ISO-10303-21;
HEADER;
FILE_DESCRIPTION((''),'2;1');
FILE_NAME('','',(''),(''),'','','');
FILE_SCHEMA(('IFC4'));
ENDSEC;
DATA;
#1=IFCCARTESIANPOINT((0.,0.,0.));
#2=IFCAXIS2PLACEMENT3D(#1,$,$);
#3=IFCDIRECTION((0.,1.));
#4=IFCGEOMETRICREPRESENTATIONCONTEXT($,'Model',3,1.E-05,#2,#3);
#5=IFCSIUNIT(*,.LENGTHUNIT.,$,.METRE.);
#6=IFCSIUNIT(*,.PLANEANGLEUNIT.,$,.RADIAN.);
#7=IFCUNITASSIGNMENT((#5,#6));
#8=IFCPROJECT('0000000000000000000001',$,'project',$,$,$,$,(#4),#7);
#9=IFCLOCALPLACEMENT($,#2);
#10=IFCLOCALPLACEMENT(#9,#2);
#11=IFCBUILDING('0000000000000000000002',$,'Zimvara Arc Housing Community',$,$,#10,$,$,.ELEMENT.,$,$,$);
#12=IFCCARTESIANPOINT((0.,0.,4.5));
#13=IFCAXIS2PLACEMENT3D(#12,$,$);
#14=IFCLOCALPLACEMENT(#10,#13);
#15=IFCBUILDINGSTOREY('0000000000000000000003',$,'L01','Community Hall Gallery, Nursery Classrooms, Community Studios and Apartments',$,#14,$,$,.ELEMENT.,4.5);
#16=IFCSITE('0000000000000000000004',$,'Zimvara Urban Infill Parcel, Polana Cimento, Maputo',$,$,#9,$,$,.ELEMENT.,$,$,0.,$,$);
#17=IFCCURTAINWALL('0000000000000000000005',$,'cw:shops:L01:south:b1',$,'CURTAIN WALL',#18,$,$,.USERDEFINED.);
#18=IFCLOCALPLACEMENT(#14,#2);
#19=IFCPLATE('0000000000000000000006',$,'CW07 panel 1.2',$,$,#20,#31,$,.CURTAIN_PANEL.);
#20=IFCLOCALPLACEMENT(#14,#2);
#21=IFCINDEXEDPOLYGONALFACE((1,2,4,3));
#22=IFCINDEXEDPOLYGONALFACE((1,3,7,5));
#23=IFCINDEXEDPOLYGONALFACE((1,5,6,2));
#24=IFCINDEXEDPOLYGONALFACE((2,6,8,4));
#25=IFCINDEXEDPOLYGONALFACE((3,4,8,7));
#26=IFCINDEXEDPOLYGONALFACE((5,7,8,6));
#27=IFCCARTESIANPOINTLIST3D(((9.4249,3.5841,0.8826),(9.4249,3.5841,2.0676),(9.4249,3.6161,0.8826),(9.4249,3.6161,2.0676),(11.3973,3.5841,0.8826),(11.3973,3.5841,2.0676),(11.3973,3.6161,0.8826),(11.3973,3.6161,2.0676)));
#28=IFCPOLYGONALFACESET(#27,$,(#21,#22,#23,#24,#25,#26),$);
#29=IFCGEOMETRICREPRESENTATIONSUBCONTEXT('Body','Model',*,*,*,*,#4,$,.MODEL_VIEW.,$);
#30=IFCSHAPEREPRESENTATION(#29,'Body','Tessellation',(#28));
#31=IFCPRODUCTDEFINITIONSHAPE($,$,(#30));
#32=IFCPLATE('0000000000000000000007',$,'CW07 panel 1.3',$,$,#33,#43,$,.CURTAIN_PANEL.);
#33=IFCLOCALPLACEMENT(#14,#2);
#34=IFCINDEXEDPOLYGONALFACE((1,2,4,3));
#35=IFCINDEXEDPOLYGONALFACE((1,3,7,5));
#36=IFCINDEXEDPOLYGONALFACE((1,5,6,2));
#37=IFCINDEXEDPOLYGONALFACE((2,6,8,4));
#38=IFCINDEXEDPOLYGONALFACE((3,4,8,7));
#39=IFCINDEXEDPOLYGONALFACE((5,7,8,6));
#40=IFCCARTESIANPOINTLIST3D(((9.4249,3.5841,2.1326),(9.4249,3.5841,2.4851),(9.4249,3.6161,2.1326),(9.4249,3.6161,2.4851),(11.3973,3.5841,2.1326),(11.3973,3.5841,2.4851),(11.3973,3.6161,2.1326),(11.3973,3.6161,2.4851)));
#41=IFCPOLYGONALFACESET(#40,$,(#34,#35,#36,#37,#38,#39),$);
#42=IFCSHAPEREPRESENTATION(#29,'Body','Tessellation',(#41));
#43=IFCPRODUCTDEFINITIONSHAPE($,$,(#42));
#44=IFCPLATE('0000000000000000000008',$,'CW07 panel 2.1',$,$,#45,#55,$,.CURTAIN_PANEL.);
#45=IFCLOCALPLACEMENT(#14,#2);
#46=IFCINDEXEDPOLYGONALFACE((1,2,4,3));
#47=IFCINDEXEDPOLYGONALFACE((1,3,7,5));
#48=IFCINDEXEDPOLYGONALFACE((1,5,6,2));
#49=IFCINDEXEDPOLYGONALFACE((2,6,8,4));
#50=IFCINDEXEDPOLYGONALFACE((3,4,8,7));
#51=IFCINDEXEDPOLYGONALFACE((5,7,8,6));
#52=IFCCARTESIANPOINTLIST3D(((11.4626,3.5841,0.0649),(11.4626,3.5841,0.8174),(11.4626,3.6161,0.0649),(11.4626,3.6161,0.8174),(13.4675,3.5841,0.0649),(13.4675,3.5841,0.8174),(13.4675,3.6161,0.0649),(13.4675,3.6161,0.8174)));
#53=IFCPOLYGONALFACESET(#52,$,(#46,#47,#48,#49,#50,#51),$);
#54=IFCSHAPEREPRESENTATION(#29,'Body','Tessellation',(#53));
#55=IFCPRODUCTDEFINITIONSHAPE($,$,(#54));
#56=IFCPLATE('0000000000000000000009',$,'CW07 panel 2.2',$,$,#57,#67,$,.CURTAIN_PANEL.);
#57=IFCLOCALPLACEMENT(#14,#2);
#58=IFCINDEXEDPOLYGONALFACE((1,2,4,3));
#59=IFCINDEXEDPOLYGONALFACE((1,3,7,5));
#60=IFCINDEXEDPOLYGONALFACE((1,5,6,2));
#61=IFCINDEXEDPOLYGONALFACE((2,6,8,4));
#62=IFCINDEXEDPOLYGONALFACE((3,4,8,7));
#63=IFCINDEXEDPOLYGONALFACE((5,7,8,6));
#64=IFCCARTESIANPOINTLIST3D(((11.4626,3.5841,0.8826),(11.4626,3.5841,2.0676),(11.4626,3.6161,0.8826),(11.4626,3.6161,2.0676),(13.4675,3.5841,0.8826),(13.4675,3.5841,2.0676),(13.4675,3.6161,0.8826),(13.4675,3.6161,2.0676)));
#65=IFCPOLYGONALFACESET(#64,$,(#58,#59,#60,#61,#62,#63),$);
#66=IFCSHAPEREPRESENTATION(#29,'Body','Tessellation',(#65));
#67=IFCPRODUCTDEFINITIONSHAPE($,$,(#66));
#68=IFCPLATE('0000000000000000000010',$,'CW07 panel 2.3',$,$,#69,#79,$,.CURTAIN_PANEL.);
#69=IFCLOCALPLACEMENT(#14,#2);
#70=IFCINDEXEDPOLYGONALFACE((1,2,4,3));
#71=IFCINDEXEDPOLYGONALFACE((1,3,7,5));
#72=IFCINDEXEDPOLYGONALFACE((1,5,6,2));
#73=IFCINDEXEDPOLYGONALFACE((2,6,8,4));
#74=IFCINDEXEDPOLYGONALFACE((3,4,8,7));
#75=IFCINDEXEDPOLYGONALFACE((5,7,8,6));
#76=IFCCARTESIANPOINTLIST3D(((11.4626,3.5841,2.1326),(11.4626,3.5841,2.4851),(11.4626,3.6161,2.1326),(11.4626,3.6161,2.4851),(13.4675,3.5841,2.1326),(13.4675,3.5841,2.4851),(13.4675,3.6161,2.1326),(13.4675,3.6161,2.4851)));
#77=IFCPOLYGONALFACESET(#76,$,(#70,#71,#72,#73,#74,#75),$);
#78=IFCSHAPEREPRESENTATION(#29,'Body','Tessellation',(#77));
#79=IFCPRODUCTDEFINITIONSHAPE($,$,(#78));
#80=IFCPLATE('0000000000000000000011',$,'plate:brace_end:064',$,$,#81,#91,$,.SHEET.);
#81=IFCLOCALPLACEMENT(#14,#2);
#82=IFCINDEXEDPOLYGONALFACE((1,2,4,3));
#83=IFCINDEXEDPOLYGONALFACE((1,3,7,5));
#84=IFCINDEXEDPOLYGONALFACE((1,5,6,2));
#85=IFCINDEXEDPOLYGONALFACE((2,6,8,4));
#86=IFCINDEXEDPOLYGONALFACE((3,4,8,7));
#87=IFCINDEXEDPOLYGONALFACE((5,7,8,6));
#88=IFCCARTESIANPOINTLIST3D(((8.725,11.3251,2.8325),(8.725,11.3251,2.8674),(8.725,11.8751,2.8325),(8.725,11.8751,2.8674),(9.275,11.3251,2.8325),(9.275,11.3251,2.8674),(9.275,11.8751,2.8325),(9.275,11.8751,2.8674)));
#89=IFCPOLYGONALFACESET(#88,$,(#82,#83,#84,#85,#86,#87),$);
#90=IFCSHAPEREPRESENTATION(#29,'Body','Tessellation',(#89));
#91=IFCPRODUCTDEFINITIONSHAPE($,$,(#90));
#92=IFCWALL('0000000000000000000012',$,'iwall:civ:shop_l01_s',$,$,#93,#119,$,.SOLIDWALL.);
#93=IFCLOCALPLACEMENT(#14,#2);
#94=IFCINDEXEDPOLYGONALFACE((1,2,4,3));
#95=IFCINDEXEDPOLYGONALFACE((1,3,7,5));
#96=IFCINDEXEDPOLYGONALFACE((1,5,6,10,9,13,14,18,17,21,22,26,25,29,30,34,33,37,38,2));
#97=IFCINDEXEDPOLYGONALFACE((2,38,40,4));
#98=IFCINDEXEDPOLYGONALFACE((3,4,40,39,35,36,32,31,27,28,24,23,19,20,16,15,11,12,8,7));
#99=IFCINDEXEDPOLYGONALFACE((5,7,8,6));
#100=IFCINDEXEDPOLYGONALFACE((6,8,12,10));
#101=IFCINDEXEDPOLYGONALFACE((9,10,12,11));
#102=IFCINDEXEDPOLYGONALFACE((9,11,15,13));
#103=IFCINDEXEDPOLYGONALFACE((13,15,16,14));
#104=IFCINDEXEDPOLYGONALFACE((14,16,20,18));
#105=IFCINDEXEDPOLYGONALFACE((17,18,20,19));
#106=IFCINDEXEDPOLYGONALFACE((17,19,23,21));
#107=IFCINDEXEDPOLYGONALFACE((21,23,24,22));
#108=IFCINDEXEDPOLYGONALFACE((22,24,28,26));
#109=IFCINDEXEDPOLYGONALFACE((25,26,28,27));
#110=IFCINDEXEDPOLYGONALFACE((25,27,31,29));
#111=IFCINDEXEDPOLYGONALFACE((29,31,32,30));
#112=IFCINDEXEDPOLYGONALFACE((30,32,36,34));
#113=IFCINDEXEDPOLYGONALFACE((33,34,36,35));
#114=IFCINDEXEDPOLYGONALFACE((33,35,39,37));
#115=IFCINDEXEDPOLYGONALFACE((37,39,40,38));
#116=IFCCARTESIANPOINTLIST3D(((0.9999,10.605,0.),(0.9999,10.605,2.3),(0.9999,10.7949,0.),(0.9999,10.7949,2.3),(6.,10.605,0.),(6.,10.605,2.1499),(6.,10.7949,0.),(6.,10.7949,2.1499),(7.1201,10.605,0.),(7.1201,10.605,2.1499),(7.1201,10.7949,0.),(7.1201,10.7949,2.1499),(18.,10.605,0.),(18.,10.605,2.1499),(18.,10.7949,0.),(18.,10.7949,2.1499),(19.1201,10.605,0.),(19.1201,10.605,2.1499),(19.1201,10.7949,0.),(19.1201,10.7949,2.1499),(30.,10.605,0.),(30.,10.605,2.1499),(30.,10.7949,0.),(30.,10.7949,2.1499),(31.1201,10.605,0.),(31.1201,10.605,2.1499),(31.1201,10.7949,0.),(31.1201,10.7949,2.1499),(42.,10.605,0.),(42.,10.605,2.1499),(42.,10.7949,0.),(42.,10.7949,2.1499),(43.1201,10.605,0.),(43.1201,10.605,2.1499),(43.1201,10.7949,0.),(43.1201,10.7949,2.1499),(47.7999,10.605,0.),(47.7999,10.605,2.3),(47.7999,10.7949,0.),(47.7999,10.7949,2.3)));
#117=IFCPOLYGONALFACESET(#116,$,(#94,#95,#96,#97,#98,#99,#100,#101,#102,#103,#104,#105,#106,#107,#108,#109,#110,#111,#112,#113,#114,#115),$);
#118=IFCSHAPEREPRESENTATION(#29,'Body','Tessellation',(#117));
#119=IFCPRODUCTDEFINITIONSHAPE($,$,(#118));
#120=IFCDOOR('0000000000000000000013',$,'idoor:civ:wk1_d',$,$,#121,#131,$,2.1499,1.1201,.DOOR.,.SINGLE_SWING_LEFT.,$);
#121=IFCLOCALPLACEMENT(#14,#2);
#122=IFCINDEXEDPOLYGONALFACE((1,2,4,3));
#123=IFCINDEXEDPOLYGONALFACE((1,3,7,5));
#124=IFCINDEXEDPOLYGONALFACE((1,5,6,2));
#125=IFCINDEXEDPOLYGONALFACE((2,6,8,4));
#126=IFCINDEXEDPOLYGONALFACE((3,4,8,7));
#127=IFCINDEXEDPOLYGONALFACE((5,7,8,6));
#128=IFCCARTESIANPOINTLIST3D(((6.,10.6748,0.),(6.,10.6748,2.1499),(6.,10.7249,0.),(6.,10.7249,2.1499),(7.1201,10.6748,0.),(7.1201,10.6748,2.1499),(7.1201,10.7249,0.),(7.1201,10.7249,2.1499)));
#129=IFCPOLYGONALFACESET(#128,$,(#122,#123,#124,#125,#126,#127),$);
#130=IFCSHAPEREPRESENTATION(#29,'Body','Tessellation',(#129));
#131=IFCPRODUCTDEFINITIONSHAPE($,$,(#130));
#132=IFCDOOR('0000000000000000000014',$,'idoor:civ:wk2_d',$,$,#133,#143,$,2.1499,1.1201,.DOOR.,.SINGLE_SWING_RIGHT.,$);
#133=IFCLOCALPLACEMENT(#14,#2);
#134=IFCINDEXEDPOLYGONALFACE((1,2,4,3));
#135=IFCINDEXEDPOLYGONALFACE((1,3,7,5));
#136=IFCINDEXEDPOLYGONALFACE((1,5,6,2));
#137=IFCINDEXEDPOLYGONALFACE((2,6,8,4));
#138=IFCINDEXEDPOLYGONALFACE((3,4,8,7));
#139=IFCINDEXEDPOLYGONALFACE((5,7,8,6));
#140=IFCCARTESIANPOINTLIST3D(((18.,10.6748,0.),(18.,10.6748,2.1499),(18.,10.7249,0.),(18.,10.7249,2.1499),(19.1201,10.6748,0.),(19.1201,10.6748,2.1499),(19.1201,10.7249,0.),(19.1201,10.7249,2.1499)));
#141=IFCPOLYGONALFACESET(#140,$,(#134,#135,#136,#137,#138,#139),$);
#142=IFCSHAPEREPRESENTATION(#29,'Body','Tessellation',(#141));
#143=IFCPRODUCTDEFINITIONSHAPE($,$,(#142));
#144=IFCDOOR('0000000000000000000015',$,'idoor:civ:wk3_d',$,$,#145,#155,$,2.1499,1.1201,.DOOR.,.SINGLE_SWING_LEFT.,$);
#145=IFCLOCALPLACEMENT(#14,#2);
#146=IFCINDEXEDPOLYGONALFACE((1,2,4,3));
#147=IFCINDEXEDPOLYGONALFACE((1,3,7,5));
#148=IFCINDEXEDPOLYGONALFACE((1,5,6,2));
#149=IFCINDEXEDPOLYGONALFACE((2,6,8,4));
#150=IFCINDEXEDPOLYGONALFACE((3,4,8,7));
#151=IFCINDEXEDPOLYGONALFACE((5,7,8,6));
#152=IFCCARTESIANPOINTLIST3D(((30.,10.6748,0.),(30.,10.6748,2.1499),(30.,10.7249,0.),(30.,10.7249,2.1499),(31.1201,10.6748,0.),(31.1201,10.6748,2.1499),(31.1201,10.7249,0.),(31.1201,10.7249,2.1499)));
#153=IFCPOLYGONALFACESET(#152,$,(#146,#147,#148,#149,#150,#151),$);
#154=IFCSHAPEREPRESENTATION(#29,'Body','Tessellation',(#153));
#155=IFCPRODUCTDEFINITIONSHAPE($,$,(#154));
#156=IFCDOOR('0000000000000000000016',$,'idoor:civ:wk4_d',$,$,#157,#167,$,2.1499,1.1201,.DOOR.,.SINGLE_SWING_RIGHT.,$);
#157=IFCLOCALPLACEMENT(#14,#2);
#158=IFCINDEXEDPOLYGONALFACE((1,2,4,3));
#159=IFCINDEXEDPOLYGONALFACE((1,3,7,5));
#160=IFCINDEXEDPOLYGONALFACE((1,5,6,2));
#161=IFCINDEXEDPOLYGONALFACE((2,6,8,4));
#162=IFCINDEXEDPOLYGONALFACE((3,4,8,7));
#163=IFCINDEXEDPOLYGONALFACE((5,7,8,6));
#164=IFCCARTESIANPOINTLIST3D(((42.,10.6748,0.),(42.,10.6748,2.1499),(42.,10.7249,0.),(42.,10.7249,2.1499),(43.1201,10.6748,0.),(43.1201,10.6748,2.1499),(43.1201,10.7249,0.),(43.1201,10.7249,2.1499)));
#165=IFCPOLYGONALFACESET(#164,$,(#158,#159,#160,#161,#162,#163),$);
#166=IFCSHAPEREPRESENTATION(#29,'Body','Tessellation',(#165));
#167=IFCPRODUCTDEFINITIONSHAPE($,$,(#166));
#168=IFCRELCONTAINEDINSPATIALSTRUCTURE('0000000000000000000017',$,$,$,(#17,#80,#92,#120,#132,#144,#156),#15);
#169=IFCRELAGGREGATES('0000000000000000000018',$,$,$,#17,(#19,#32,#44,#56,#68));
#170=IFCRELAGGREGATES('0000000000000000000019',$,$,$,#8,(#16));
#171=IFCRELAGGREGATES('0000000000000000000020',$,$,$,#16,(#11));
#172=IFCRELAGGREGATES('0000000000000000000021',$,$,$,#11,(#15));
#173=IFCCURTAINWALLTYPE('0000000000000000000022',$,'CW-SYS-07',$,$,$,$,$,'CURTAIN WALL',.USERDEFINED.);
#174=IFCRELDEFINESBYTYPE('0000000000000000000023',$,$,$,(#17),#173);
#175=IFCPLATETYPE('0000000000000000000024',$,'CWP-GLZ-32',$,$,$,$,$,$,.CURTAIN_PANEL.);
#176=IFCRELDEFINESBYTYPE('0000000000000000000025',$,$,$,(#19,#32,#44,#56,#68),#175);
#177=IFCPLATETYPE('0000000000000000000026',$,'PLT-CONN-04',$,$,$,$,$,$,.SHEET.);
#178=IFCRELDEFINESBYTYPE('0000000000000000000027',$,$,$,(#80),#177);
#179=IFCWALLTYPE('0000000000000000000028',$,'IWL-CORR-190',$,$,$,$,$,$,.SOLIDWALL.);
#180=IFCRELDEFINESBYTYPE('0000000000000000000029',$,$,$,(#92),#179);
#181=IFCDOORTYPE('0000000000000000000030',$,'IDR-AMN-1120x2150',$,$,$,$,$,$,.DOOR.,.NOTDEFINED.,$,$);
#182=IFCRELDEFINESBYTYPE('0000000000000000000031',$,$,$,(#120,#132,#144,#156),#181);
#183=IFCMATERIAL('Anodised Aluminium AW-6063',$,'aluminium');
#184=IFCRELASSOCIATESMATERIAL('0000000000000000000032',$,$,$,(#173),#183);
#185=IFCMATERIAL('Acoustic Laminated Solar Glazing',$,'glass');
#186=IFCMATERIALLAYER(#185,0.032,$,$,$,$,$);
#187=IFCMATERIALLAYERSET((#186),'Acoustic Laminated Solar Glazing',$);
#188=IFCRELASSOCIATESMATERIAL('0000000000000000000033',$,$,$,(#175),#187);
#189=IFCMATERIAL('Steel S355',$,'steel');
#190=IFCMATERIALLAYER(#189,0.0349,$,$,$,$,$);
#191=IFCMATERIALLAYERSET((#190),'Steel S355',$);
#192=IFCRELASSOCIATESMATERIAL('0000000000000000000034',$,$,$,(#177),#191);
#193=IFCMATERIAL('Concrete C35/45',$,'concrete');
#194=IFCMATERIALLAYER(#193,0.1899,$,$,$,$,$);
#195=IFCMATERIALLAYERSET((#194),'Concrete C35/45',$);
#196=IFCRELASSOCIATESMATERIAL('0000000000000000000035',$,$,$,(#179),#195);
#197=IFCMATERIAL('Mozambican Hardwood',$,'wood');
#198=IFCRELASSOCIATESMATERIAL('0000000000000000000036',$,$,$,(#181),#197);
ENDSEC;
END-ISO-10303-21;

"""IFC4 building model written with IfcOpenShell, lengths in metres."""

from ifc_helpers import new_model, si_unit, direction, frame, frame_2d, origin, origin_2d, place, context, subcontext, project, spatial, rectangle, extrude, material, layer, layer_set, type_object, element, fill, aggregate, save


model = new_model("IFC4")

# Units and contexts
model_context = context("Model", 3, precision=1e-05, world=origin(), true_north=direction((0.0, 1.0)))
body_context = subcontext(model_context, "Body", "Model", "MODEL_VIEW")
ifc_project = project(units=[si_unit("LENGTHUNIT", "METRE"), si_unit("PLANEANGLEUNIT", "RADIAN")], contexts=[model_context])

# Site, building, storey
site_placement = place(None, origin())
site = spatial("IfcSite", under=ifc_project, at=site_placement, Name="Zimvara Urban Infill Parcel, Polana Cimento, Maputo", CompositionType="ELEMENT", RefElevation=0.0)
building_placement = place(site_placement, origin())
building = spatial("IfcBuilding", under=site, at=building_placement, Name="Zimvara Arc Housing Community", CompositionType="ELEMENT")
storey_placement = place(building_placement, frame((0.0, 0.0, 4.5)))
storey = spatial("IfcBuildingStorey", under=building, at=storey_placement, Name="L01", Description="Community Hall Gallery, Nursery Classrooms, Community Studios and Apartments", CompositionType="ELEMENT", Elevation=4.5)

# Curtain wall, plates
ifc_material_1 = material(Name="Anodised Aluminium AW-6063", Category="aluminium")
curtain_wall_type = type_object("IfcCurtainWallType", Name="CW-SYS-07", ElementType="CURTAIN WALL", PredefinedType="USERDEFINED", material=ifc_material_1)
curtain_wall_placement = place(storey_placement, origin())
curtain_wall = element("IfcCurtainWall", 1, at=curtain_wall_placement, inside=storey, type_object=curtain_wall_type, Name="cw:shops:L01:south:b1", ObjectType="CURTAIN WALL", PredefinedType="USERDEFINED")
ifc_material_2 = material(Name="Acoustic Laminated Solar Glazing", Category="glass")
ifc_layer_1 = layer(ifc_material_2, 0.032)
ifc_layer_set_1 = layer_set([ifc_layer_1], Name="Acoustic Laminated Solar Glazing")
plate_type_1 = type_object("IfcPlateType", Name="CWP-GLZ-32", PredefinedType="CURTAIN_PANEL", material=ifc_layer_set_1)
plate_1_placement = place(storey_placement, frame((10.4111, 3.6001, 0.8826), z_axis=(0.0, 0.0, 1.0), x_axis=(1.0, 0.0, 0.0)))
plate_1 = element("IfcPlate", 2, at=plate_1_placement, type_object=plate_type_1, Name="CW07 panel 1.2", PredefinedType="CURTAIN_PANEL", context=body_context, shape_type="SweptSolid", body=[
    extrude(rectangle(XDim=1.9724, YDim=0.032, at=origin_2d()), origin(), (0.0, 0.0, 1.0), 1.1851),
])
plate_2_placement = place(storey_placement, frame((10.4111, 3.6001, 2.1326), z_axis=(0.0, 0.0, 1.0), x_axis=(1.0, 0.0, 0.0)))
plate_2 = element("IfcPlate", 3, at=plate_2_placement, type_object=plate_type_1, Name="CW07 panel 1.3", PredefinedType="CURTAIN_PANEL", context=body_context, shape_type="SweptSolid", body=[
    extrude(rectangle(XDim=1.9724, YDim=0.032, at=origin_2d()), origin(), (0.0, 0.0, 1.0), 0.3525),
])
plate_3_placement = place(storey_placement, frame((12.4651, 3.6001, 0.0649), z_axis=(0.0, 0.0, 1.0), x_axis=(1.0, 0.0, 0.0)))
plate_3 = element("IfcPlate", 4, at=plate_3_placement, type_object=plate_type_1, Name="CW07 panel 2.1", PredefinedType="CURTAIN_PANEL", context=body_context, shape_type="SweptSolid", body=[
    extrude(rectangle(XDim=2.0049, YDim=0.032, at=origin_2d()), origin(), (0.0, 0.0, 1.0), 0.7524),
])
plate_4_placement = place(storey_placement, frame((12.4651, 3.6001, 0.8826), z_axis=(0.0, 0.0, 1.0), x_axis=(1.0, 0.0, 0.0)))
plate_4 = element("IfcPlate", 5, at=plate_4_placement, type_object=plate_type_1, Name="CW07 panel 2.2", PredefinedType="CURTAIN_PANEL", context=body_context, shape_type="SweptSolid", body=[
    extrude(rectangle(XDim=2.0049, YDim=0.032, at=origin_2d()), origin(), (0.0, 0.0, 1.0), 1.1851),
])
plate_5_placement = place(storey_placement, frame((12.4651, 3.6001, 2.1326), z_axis=(0.0, 0.0, 1.0), x_axis=(1.0, 0.0, 0.0)))
plate_5 = element("IfcPlate", 6, at=plate_5_placement, type_object=plate_type_1, Name="CW07 panel 2.3", PredefinedType="CURTAIN_PANEL", context=body_context, shape_type="SweptSolid", body=[
    extrude(rectangle(XDim=2.0049, YDim=0.032, at=origin_2d()), origin(), (0.0, 0.0, 1.0), 0.3525),
])
aggregate(curtain_wall, [plate_1, plate_2, plate_3, plate_4, plate_5])

# Plate
ifc_material_3 = material(Name="Steel S355", Category="steel")
ifc_layer_2 = layer(ifc_material_3, 0.0349)
ifc_layer_set_2 = layer_set([ifc_layer_2], Name="Steel S355")
plate_type_2 = type_object("IfcPlateType", Name="PLT-CONN-04", PredefinedType="SHEET", material=ifc_layer_set_2)
plate_6_placement = place(storey_placement, frame((9.0, 11.6001, 2.8325), z_axis=(0.0, 0.0, 1.0), x_axis=(1.0, 0.0, 0.0)))
element("IfcPlate", 7, at=plate_6_placement, inside=storey, type_object=plate_type_2, Name="plate:brace_end:064", PredefinedType="SHEET", context=body_context, shape_type="SweptSolid", body=[
    extrude(rectangle(XDim=0.55, YDim=0.55, at=origin_2d()), origin(), (0.0, 0.0, 1.0), 0.0349),
])

# Wall, openings, doors
ifc_material_4 = material(Name="Concrete C35/45", Category="concrete")
ifc_layer_3 = layer(ifc_material_4, 0.1899)
ifc_layer_set_3 = layer_set([ifc_layer_3], Name="Concrete C35/45")
wall_type = type_object("IfcWallType", Name="IWL-CORR-190", PredefinedType="SOLIDWALL", material=ifc_layer_set_3)
wall_1_placement = place(storey_placement, frame((1.0, 10.7, 0.0), z_axis=(0.0, 0.0, 1.0), x_axis=(1.0, 0.0, 0.0)))
wall_1 = element("IfcWall", 8, at=wall_1_placement, inside=storey, type_object=wall_type, Name="iwall:civ:shop_l01_s", PredefinedType="SOLIDWALL", context=body_context, shape_type="SweptSolid", body=[
    extrude(rectangle(XDim=46.8, YDim=0.1899, at=frame_2d((23.3999, 0.0))), origin(), (0.0, 0.0, 1.0), 2.3),
])
opening_1_placement = place(wall_1_placement, frame((5.0, 0.0, 0.0)))
opening_1 = element("IfcOpeningElement", 9, at=opening_1_placement, cuts=wall_1, PredefinedType="OPENING", context=body_context, shape_type="SweptSolid", body=[
    extrude(rectangle(XDim=1.1201, YDim=2.1499, at=frame_2d((0.5601, 1.075))), frame((0.0, 0.105, 0.0), z_axis=(0.0, -1.0, 0.0), x_axis=(1.0, 0.0, 0.0)), (0.0, 0.0, 1.0), 0.21),
])
opening_2_placement = place(wall_1_placement, frame((17.0, 0.0, 0.0)))
opening_2 = element("IfcOpeningElement", 10, at=opening_2_placement, cuts=wall_1, PredefinedType="OPENING", context=body_context, shape_type="SweptSolid", body=[
    extrude(rectangle(XDim=1.1201, YDim=2.1499, at=frame_2d((0.5601, 1.075))), frame((0.0, 0.105, 0.0), z_axis=(0.0, -1.0, 0.0), x_axis=(1.0, 0.0, 0.0)), (0.0, 0.0, 1.0), 0.21),
])
opening_3_placement = place(wall_1_placement, frame((29.0, 0.0, 0.0)))
opening_3 = element("IfcOpeningElement", 11, at=opening_3_placement, cuts=wall_1, PredefinedType="OPENING", context=body_context, shape_type="SweptSolid", body=[
    extrude(rectangle(XDim=1.1201, YDim=2.1499, at=frame_2d((0.5601, 1.075))), frame((0.0, 0.105, 0.0), z_axis=(0.0, -1.0, 0.0), x_axis=(1.0, 0.0, 0.0)), (0.0, 0.0, 1.0), 0.21),
])
opening_4_placement = place(wall_1_placement, frame((41.0, 0.0, 0.0)))
opening_4 = element("IfcOpeningElement", 12, at=opening_4_placement, cuts=wall_1, PredefinedType="OPENING", context=body_context, shape_type="SweptSolid", body=[
    extrude(rectangle(XDim=1.1201, YDim=2.1499, at=frame_2d((0.5601, 1.075))), frame((0.0, 0.105, 0.0), z_axis=(0.0, -1.0, 0.0), x_axis=(1.0, 0.0, 0.0)), (0.0, 0.0, 1.0), 0.21),
])
ifc_material_5 = material(Name="Mozambican Hardwood", Category="wood")
door_type_1 = type_object("IfcDoorType", Name="IDR-AMN-1120x2150", OperationType="NOTDEFINED", PredefinedType="DOOR", material=ifc_material_5)
door_1_placement = place(opening_1_placement, origin())
door_1 = element("IfcDoor", 13, at=door_1_placement, inside=storey, type_object=door_type_1, Name="idoor:civ:wk1_d", OperationType="SINGLE_SWING_LEFT", OverallHeight=2.1499, OverallWidth=1.1201, PredefinedType="DOOR", context=body_context, shape_type="SweptSolid", body=[
    extrude(rectangle(XDim=1.1201, YDim=2.1499, at=frame_2d((0.5601, 1.075))), frame((0.0, 0.0249, 0.0), z_axis=(0.0, -1.0, 0.0), x_axis=(1.0, 0.0, 0.0)), (0.0, 0.0, 1.0), 0.05),
])
fill(opening_1, door_1)
door_2_placement = place(opening_2_placement, origin())
door_2 = element("IfcDoor", 14, at=door_2_placement, inside=storey, type_object=door_type_1, Name="idoor:civ:wk2_d", OperationType="SINGLE_SWING_RIGHT", OverallHeight=2.1499, OverallWidth=1.1201, PredefinedType="DOOR", context=body_context, shape_type="SweptSolid", body=[
    extrude(rectangle(XDim=1.1201, YDim=2.1499, at=frame_2d((0.5601, 1.075))), frame((0.0, 0.0249, 0.0), z_axis=(0.0, -1.0, 0.0), x_axis=(1.0, 0.0, 0.0)), (0.0, 0.0, 1.0), 0.05),
])
fill(opening_2, door_2)
door_3_placement = place(opening_3_placement, origin())
door_3 = element("IfcDoor", 15, at=door_3_placement, inside=storey, type_object=door_type_1, Name="idoor:civ:wk3_d", OperationType="SINGLE_SWING_LEFT", OverallHeight=2.1499, OverallWidth=1.1201, PredefinedType="DOOR", context=body_context, shape_type="SweptSolid", body=[
    extrude(rectangle(XDim=1.1201, YDim=2.1499, at=frame_2d((0.5601, 1.075))), frame((0.0, 0.0249, 0.0), z_axis=(0.0, -1.0, 0.0), x_axis=(1.0, 0.0, 0.0)), (0.0, 0.0, 1.0), 0.05),
])
fill(opening_3, door_3)
door_4_placement = place(opening_4_placement, origin())
door_4 = element("IfcDoor", 16, at=door_4_placement, inside=storey, type_object=door_type_1, Name="idoor:civ:wk4_d", OperationType="SINGLE_SWING_RIGHT", OverallHeight=2.1499, OverallWidth=1.1201, PredefinedType="DOOR", context=body_context, shape_type="SweptSolid", body=[
    extrude(rectangle(XDim=1.1201, YDim=2.1499, at=frame_2d((0.5601, 1.075))), frame((0.0, 0.0249, 0.0), z_axis=(0.0, -1.0, 0.0), x_axis=(1.0, 0.0, 0.0)), (0.0, 0.0, 1.0), 0.05),
])
fill(opening_4, door_4)

save(model, "model.ifc")
